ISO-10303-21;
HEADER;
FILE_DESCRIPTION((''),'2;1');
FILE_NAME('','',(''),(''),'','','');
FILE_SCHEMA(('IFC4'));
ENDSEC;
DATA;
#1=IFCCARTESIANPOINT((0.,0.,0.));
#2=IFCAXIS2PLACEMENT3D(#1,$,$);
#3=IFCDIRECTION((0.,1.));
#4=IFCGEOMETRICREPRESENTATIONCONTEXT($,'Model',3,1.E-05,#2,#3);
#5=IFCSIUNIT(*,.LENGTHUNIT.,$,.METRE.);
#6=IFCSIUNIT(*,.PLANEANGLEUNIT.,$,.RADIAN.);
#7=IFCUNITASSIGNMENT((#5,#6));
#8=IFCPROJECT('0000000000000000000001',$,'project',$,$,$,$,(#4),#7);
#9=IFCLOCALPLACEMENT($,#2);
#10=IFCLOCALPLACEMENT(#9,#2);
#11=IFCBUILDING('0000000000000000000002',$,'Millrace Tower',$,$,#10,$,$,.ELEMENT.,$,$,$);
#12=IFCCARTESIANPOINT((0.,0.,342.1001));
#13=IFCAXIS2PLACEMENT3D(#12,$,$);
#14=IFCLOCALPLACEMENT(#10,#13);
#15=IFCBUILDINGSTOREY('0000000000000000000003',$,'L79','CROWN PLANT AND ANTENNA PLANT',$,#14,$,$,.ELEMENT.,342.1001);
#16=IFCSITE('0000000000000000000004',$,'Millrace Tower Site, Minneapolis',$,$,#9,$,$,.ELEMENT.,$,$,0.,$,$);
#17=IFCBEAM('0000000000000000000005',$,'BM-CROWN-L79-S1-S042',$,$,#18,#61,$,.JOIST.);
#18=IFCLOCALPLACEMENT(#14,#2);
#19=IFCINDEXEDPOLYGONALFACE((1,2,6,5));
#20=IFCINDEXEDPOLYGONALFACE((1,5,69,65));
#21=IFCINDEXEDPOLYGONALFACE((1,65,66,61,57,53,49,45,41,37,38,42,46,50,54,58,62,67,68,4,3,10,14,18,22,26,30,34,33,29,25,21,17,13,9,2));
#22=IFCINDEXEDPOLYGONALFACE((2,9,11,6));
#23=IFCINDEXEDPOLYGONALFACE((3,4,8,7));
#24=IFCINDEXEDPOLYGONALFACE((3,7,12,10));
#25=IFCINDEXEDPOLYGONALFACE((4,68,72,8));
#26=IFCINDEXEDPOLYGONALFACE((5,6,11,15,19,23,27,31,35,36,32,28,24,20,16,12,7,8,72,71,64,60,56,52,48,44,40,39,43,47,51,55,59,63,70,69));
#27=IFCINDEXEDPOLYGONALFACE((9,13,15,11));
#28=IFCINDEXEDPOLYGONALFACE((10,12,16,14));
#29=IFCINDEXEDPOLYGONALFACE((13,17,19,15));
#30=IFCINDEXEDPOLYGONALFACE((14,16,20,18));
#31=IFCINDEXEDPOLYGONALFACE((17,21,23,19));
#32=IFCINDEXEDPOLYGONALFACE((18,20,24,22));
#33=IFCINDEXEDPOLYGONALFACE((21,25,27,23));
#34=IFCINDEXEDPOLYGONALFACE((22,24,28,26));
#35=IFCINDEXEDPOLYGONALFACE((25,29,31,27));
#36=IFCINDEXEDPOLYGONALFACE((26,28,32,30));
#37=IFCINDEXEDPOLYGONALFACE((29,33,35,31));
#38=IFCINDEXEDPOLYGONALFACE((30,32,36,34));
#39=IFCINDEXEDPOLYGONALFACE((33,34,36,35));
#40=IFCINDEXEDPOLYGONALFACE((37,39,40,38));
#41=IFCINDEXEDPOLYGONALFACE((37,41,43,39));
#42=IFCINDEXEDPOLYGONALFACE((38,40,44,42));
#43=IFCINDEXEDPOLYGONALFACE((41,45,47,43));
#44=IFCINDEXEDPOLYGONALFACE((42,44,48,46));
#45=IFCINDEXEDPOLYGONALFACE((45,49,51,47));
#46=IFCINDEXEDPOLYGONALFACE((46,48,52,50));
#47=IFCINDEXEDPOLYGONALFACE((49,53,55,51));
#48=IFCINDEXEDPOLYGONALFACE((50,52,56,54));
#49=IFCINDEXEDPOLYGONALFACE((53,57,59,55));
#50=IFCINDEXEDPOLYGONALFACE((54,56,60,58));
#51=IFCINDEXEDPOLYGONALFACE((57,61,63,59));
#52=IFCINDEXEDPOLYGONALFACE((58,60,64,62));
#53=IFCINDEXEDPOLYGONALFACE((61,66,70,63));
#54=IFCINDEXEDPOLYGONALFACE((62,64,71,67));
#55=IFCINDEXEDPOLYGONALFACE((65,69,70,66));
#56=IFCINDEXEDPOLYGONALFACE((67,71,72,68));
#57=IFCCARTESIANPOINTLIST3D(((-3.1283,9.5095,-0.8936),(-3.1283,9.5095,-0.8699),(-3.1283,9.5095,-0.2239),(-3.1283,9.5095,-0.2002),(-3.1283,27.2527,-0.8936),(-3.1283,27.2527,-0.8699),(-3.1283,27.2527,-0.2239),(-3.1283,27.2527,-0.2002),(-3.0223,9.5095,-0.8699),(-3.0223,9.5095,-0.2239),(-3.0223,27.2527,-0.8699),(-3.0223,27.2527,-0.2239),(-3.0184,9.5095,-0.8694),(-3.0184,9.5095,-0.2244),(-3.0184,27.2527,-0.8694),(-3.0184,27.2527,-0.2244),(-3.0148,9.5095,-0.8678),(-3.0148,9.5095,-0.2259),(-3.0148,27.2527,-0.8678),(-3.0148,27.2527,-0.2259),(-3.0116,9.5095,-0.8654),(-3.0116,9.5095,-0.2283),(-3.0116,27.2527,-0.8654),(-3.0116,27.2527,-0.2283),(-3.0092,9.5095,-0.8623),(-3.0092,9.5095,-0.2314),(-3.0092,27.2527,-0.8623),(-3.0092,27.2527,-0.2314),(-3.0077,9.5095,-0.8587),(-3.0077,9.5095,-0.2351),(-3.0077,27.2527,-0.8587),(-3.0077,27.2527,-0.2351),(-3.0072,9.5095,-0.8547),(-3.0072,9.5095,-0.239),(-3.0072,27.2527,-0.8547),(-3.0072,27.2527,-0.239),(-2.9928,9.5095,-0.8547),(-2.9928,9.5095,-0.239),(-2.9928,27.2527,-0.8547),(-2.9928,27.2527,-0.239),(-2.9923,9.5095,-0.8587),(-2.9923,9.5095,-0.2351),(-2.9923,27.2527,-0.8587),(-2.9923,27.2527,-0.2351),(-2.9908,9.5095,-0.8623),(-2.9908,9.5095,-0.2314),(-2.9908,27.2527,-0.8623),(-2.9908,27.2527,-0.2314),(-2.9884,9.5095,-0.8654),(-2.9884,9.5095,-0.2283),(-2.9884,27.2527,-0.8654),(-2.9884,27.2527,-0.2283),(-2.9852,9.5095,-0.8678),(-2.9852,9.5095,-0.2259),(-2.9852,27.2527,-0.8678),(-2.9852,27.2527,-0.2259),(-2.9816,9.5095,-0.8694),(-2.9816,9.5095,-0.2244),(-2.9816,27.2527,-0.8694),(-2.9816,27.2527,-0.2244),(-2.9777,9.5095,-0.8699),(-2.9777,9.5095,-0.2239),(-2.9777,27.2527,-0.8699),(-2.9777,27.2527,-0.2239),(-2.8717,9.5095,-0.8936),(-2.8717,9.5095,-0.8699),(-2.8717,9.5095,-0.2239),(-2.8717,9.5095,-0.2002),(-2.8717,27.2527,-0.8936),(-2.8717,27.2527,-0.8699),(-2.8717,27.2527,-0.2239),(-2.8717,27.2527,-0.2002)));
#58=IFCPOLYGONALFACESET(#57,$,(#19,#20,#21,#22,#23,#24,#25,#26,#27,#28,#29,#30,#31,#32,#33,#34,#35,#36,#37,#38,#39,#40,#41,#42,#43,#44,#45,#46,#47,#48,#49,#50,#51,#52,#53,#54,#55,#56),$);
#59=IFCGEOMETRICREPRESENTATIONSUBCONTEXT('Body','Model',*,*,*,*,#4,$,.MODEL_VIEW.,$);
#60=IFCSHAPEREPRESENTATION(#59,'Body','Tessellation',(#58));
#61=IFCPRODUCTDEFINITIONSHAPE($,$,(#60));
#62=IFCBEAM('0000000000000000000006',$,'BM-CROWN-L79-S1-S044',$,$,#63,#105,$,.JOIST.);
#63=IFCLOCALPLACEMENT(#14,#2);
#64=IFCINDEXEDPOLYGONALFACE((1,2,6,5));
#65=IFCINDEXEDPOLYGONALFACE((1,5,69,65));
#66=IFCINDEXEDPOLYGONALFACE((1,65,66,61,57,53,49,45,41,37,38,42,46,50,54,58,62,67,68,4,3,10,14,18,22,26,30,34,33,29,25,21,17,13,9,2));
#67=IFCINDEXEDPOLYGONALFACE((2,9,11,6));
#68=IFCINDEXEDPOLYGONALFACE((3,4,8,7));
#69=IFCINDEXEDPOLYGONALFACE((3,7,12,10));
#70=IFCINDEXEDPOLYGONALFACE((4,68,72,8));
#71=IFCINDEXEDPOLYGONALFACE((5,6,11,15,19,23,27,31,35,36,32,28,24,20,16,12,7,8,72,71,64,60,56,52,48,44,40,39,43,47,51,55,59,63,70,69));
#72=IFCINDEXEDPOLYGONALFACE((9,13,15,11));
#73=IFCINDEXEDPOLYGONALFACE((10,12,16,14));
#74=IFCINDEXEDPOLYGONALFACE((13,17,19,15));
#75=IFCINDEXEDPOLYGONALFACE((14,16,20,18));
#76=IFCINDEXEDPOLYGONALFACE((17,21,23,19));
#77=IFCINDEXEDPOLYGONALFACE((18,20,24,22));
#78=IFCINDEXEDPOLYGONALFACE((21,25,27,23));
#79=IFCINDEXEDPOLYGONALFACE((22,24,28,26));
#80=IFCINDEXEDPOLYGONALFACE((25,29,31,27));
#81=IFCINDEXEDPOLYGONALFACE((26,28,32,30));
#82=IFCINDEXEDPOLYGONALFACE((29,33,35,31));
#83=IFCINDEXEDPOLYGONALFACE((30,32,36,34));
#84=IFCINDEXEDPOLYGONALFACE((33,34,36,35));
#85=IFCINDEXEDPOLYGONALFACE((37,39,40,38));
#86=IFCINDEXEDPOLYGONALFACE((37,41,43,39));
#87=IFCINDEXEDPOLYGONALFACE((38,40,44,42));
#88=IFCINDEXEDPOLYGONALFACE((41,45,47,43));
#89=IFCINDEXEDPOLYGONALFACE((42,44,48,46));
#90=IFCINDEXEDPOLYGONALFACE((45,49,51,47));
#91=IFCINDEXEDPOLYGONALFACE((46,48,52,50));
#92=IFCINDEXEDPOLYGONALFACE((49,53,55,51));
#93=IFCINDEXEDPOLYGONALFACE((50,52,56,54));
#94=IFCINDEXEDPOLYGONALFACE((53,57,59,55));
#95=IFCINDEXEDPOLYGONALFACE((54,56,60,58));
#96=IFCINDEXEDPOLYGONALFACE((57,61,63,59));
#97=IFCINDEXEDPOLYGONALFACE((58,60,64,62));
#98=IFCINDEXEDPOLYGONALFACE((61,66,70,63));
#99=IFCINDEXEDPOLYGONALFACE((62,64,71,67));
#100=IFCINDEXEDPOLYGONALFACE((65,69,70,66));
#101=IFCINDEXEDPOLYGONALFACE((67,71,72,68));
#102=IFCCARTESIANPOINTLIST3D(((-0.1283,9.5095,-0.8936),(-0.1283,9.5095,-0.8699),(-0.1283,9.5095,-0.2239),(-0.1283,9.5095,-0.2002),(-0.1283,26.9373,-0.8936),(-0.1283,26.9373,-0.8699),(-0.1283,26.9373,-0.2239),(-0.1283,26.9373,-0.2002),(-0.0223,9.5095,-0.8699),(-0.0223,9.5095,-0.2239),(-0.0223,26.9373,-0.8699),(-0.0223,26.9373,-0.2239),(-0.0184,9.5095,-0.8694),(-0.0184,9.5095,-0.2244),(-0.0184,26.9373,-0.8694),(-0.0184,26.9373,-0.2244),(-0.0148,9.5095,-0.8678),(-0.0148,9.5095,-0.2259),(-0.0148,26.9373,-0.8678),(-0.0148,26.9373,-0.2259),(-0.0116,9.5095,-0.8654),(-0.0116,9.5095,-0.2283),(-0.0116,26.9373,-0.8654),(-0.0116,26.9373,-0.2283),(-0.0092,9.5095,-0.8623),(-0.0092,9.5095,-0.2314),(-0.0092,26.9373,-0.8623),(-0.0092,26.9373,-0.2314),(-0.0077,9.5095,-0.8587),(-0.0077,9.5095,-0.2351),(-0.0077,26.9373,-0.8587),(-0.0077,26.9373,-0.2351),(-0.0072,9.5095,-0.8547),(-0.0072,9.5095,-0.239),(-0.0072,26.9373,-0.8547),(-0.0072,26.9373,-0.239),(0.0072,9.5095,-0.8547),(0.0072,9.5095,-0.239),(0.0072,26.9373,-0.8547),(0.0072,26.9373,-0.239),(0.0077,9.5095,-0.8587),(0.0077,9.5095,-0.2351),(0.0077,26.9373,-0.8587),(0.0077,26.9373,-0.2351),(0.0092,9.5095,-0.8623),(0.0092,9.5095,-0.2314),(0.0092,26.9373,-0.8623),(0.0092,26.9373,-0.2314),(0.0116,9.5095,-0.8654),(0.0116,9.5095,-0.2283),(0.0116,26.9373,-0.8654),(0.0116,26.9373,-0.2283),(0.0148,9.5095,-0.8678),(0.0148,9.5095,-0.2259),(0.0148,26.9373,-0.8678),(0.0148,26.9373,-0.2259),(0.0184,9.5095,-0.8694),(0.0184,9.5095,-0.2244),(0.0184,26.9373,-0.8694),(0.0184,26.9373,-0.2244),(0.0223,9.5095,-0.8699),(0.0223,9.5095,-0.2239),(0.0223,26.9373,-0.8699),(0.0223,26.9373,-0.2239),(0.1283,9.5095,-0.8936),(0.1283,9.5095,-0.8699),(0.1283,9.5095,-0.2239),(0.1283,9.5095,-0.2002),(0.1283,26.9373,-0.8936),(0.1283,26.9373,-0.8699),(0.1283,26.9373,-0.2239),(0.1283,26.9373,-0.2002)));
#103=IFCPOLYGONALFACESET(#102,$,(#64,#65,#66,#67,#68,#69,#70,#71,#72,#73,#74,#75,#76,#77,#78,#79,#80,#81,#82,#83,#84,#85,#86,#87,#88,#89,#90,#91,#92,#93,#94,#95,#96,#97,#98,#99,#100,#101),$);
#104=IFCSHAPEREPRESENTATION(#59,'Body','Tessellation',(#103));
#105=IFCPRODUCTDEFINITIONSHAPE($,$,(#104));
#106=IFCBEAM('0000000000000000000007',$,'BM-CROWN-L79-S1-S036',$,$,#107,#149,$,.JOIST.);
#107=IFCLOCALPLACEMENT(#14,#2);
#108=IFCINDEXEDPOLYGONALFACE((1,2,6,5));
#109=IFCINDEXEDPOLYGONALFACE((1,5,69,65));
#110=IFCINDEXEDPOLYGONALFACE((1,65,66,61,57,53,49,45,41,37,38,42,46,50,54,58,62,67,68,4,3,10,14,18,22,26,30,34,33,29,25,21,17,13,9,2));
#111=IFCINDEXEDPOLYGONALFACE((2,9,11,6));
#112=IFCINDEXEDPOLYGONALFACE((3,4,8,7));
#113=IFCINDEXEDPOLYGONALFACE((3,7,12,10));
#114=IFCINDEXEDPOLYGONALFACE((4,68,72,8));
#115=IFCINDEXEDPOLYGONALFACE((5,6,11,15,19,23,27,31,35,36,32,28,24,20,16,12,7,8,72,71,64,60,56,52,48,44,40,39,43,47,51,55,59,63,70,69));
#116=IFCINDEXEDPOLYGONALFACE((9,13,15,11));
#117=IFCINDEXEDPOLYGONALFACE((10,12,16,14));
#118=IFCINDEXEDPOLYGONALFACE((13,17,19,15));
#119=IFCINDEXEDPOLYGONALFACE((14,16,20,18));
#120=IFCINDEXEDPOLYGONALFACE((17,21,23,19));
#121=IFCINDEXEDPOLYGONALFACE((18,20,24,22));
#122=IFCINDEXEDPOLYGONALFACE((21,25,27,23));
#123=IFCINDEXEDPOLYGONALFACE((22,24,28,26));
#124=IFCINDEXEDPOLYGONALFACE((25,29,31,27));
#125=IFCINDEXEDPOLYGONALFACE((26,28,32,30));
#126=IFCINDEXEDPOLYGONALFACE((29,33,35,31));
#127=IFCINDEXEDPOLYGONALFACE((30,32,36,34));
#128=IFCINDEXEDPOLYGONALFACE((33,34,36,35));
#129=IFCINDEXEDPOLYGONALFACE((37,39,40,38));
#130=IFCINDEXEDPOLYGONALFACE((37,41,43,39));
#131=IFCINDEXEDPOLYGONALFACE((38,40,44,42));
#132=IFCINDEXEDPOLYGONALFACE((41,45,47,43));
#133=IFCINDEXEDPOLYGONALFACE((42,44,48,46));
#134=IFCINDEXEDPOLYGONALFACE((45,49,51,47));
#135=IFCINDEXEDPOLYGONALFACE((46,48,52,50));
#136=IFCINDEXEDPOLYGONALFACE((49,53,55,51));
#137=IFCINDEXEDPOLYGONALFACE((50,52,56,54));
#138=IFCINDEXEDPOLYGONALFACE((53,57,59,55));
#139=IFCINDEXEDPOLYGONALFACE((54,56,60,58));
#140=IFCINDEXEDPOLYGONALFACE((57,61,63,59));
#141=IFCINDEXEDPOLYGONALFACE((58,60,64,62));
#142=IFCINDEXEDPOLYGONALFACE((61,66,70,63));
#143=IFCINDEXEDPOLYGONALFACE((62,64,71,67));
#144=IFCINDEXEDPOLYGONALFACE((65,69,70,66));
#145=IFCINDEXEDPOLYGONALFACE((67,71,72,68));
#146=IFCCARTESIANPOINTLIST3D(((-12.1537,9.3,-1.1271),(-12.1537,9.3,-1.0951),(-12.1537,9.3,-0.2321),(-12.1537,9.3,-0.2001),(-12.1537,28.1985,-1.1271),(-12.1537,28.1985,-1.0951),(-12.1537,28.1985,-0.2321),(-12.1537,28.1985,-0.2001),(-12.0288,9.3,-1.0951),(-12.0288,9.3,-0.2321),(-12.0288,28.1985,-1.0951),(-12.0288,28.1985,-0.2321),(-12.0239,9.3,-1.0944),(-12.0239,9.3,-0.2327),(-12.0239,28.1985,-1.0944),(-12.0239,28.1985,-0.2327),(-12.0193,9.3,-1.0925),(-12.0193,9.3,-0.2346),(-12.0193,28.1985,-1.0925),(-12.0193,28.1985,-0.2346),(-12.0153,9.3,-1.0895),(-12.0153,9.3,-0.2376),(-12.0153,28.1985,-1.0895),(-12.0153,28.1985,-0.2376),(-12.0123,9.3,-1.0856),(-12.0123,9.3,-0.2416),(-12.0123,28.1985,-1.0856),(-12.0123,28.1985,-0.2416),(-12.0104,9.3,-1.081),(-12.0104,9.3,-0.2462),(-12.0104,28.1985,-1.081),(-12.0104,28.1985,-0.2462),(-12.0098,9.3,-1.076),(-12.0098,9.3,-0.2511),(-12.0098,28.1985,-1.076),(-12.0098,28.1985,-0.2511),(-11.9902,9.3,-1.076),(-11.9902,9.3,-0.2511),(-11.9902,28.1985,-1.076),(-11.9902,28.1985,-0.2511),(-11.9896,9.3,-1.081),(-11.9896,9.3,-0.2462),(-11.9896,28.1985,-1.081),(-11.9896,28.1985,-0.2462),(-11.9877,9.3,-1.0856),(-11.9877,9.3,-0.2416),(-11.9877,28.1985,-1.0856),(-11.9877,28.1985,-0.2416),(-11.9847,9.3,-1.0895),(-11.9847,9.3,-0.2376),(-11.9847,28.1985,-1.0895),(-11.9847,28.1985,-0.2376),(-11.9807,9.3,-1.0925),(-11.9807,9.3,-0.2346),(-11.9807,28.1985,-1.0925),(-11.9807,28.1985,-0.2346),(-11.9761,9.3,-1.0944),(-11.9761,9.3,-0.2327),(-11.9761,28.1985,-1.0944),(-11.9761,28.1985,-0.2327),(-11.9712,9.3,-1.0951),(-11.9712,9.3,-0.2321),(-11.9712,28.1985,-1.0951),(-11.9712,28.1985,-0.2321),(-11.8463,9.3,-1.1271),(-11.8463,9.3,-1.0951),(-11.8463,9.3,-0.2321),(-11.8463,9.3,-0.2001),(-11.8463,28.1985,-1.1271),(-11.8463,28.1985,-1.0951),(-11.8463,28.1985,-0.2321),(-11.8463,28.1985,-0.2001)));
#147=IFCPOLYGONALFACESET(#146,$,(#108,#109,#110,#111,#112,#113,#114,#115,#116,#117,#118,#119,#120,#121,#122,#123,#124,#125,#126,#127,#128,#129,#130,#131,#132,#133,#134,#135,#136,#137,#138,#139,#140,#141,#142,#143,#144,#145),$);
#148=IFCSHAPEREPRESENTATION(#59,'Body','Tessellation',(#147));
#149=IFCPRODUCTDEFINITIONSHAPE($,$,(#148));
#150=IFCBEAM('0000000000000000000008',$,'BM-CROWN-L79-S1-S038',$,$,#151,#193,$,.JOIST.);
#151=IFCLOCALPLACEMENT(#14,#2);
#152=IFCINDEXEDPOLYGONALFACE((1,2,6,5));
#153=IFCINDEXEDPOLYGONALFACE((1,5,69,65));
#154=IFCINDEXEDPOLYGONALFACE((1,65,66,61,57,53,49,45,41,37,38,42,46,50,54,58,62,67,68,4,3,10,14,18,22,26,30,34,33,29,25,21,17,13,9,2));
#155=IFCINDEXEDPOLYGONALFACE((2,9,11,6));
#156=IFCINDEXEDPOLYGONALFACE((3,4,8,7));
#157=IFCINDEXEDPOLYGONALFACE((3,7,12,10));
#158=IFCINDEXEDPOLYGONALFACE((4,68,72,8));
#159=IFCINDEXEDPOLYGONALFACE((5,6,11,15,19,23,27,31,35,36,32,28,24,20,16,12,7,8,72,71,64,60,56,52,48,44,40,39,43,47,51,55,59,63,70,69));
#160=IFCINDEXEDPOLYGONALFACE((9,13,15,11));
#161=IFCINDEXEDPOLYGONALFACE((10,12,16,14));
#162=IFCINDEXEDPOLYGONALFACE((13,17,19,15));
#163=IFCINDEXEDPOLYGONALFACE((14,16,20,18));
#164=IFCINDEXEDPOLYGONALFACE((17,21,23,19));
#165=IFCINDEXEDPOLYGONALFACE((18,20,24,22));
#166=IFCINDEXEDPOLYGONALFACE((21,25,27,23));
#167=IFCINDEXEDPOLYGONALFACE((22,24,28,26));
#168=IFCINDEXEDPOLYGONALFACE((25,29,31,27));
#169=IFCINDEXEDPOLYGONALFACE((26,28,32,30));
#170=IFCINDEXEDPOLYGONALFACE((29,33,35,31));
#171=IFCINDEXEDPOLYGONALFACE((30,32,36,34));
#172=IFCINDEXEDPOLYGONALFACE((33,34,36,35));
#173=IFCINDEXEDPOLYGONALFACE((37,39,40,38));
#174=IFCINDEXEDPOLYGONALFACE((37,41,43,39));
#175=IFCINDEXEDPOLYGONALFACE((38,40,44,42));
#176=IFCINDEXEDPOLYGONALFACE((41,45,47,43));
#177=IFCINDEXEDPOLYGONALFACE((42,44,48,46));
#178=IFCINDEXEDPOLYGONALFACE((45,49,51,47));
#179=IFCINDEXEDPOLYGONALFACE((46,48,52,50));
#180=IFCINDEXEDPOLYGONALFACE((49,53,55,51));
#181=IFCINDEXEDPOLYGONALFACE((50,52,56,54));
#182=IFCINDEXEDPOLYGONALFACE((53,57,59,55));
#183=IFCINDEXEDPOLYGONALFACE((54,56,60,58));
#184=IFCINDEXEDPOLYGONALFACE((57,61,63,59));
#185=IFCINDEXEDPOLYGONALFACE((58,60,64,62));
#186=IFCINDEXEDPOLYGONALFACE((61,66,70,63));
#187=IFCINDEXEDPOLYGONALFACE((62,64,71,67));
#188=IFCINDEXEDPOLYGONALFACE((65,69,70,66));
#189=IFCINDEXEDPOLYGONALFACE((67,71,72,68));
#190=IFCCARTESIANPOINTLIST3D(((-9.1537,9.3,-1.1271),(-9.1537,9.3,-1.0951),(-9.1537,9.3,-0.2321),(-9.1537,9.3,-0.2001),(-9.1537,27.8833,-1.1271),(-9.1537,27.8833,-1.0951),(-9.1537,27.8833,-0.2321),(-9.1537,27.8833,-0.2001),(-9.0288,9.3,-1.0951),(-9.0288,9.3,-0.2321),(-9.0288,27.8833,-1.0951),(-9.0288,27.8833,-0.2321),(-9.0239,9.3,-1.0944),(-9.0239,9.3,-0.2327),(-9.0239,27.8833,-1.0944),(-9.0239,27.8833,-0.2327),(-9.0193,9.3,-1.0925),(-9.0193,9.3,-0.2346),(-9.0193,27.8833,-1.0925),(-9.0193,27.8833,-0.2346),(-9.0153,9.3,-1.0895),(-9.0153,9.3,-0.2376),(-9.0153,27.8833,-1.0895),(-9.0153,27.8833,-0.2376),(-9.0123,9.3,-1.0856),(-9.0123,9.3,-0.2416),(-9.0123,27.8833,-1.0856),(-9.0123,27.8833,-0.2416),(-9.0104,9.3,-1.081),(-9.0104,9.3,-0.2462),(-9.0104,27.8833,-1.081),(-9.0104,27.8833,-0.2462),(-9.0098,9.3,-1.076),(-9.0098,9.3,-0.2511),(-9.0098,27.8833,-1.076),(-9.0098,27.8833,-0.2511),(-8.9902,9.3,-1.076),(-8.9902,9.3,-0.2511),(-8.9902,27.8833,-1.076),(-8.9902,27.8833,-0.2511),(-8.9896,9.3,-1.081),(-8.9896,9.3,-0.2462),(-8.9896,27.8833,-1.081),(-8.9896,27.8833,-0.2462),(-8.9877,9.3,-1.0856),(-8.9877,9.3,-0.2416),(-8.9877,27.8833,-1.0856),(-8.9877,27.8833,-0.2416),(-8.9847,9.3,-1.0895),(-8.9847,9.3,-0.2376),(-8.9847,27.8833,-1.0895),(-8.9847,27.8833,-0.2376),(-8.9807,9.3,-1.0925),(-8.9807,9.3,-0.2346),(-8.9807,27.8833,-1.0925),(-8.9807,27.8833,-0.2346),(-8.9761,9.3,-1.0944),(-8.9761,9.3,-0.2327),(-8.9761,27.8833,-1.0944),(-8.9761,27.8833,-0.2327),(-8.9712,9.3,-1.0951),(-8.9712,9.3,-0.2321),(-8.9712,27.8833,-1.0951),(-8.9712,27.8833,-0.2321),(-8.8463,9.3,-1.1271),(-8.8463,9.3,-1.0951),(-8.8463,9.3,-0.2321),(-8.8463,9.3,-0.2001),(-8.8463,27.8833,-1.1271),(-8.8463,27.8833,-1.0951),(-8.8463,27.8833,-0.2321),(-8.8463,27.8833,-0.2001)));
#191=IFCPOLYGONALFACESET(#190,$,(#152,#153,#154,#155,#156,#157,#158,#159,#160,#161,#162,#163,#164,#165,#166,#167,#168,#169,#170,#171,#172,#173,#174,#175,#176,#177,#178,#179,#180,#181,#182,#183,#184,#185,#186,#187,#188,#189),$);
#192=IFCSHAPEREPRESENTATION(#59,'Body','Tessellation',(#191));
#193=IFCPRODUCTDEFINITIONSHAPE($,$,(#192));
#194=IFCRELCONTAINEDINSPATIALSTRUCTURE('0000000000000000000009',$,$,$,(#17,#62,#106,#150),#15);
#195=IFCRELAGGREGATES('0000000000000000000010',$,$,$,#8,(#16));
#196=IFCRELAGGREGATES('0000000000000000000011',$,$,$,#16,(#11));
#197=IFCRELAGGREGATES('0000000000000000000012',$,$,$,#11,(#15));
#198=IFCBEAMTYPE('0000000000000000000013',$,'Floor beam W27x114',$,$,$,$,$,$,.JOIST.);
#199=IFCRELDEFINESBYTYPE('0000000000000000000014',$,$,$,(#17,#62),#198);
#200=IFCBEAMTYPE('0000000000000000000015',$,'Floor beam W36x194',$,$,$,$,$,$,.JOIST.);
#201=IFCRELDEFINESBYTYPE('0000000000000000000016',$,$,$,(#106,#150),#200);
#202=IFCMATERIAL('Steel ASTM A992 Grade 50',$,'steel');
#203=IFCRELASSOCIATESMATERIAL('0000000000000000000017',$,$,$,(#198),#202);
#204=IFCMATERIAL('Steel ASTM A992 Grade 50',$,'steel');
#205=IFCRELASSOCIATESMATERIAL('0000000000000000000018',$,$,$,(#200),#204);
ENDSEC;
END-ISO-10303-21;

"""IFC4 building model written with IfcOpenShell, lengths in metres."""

from ifc_helpers import new_model, si_unit, direction, frame, origin, origin_2d, place, context, subcontext, project, spatial, i_section, extrude, material, material_profile, profile_set, type_object, element, save


model = new_model("IFC4")

# Units and contexts
model_context = context("Model", 3, precision=1e-05, world=origin(), true_north=direction((0.0, 1.0)))
body_context = subcontext(model_context, "Body", "Model", "MODEL_VIEW")
ifc_project = project(units=[si_unit("LENGTHUNIT", "METRE"), si_unit("PLANEANGLEUNIT", "RADIAN")], contexts=[model_context])

# Site, building, storey
site_placement = place(None, origin())
site = spatial("IfcSite", under=ifc_project, at=site_placement, Name="Millrace Tower Site, Minneapolis", CompositionType="ELEMENT", RefElevation=0.0)
building_placement = place(site_placement, origin())
building = spatial("IfcBuilding", under=site, at=building_placement, Name="Millrace Tower", CompositionType="ELEMENT")
storey_placement = place(building_placement, frame((0.0, 0.0, 342.1001)))
storey = spatial("IfcBuildingStorey", under=building, at=storey_placement, Name="L79", Description="CROWN PLANT AND ANTENNA PLANT", CompositionType="ELEMENT", Elevation=342.1001)

# Beams
ifc_material_1 = material(Name="Steel ASTM A992 Grade 50", Category="steel")
ifc_material_profile_1 = material_profile(ifc_material_1, i_section(OverallWidth=0.2566, OverallDepth=0.6934, WebThickness=0.0144, FlangeThickness=0.0237, FilletRadius=0.0151, at=origin_2d()))
ifc_profile_set_1 = profile_set([ifc_material_profile_1], Name="Steel ASTM A992 Grade 50")
beam_type_1 = type_object("IfcBeamType", Name="Floor beam W27x114", PredefinedType="JOIST", material=ifc_profile_set_1)
beam_1_placement = place(storey_placement, frame((-3.0, 9.5095, -0.5469), z_axis=(0.0, 1.0, 0.0), x_axis=(-1.0, 0.0, 0.0)))
element("IfcBeam", 1, at=beam_1_placement, inside=storey, type_object=beam_type_1, Name="BM-CROWN-L79-S1-S042", PredefinedType="JOIST", context=body_context, shape_type="SweptSolid", body=[
    extrude(i_section(OverallWidth=0.2566, OverallDepth=0.6934, WebThickness=0.0144, FlangeThickness=0.0237, FilletRadius=0.0151, at=origin_2d()), origin(), (0.0, 0.0, 1.0), 17.7432),
])
beam_2_placement = place(storey_placement, frame((0.0, 9.5095, -0.5469), z_axis=(0.0, 1.0, 0.0), x_axis=(-1.0, 0.0, 0.0)))
element("IfcBeam", 2, at=beam_2_placement, inside=storey, type_object=beam_type_1, Name="BM-CROWN-L79-S1-S044", PredefinedType="JOIST", context=body_context, shape_type="SweptSolid", body=[
    extrude(i_section(OverallWidth=0.2566, OverallDepth=0.6934, WebThickness=0.0144, FlangeThickness=0.0237, FilletRadius=0.0151, at=origin_2d()), origin(), (0.0, 0.0, 1.0), 17.4277),
])
ifc_material_2 = material(Name="Steel ASTM A992 Grade 50", Category="steel")
ifc_material_profile_2 = material_profile(ifc_material_2, i_section(OverallWidth=0.3074, OverallDepth=0.927, WebThickness=0.0195, FlangeThickness=0.032, FilletRadius=0.019, at=origin_2d()))
ifc_profile_set_2 = profile_set([ifc_material_profile_2], Name="Steel ASTM A992 Grade 50")
beam_type_2 = type_object("IfcBeamType", Name="Floor beam W36x194", PredefinedType="JOIST", material=ifc_profile_set_2)
beam_3_placement = place(storey_placement, frame((-12.0, 9.3, -0.6636), z_axis=(0.0, 1.0, 0.0), x_axis=(-1.0, 0.0, 0.0)))
element("IfcBeam", 3, at=beam_3_placement, inside=storey, type_object=beam_type_2, Name="BM-CROWN-L79-S1-S036", PredefinedType="JOIST", context=body_context, shape_type="SweptSolid", body=[
    extrude(i_section(OverallWidth=0.3074, OverallDepth=0.927, WebThickness=0.0195, FlangeThickness=0.032, FilletRadius=0.019, at=origin_2d()), origin(), (0.0, 0.0, 1.0), 18.8984),
])
beam_4_placement = place(storey_placement, frame((-9.0, 9.3, -0.6636), z_axis=(0.0, 1.0, 0.0), x_axis=(-1.0, 0.0, 0.0)))
element("IfcBeam", 4, at=beam_4_placement, inside=storey, type_object=beam_type_2, Name="BM-CROWN-L79-S1-S038", PredefinedType="JOIST", context=body_context, shape_type="SweptSolid", body=[
    extrude(i_section(OverallWidth=0.3074, OverallDepth=0.927, WebThickness=0.0195, FlangeThickness=0.032, FilletRadius=0.019, at=origin_2d()), origin(), (0.0, 0.0, 1.0), 18.5833),
])

save(model, "model.ifc")
